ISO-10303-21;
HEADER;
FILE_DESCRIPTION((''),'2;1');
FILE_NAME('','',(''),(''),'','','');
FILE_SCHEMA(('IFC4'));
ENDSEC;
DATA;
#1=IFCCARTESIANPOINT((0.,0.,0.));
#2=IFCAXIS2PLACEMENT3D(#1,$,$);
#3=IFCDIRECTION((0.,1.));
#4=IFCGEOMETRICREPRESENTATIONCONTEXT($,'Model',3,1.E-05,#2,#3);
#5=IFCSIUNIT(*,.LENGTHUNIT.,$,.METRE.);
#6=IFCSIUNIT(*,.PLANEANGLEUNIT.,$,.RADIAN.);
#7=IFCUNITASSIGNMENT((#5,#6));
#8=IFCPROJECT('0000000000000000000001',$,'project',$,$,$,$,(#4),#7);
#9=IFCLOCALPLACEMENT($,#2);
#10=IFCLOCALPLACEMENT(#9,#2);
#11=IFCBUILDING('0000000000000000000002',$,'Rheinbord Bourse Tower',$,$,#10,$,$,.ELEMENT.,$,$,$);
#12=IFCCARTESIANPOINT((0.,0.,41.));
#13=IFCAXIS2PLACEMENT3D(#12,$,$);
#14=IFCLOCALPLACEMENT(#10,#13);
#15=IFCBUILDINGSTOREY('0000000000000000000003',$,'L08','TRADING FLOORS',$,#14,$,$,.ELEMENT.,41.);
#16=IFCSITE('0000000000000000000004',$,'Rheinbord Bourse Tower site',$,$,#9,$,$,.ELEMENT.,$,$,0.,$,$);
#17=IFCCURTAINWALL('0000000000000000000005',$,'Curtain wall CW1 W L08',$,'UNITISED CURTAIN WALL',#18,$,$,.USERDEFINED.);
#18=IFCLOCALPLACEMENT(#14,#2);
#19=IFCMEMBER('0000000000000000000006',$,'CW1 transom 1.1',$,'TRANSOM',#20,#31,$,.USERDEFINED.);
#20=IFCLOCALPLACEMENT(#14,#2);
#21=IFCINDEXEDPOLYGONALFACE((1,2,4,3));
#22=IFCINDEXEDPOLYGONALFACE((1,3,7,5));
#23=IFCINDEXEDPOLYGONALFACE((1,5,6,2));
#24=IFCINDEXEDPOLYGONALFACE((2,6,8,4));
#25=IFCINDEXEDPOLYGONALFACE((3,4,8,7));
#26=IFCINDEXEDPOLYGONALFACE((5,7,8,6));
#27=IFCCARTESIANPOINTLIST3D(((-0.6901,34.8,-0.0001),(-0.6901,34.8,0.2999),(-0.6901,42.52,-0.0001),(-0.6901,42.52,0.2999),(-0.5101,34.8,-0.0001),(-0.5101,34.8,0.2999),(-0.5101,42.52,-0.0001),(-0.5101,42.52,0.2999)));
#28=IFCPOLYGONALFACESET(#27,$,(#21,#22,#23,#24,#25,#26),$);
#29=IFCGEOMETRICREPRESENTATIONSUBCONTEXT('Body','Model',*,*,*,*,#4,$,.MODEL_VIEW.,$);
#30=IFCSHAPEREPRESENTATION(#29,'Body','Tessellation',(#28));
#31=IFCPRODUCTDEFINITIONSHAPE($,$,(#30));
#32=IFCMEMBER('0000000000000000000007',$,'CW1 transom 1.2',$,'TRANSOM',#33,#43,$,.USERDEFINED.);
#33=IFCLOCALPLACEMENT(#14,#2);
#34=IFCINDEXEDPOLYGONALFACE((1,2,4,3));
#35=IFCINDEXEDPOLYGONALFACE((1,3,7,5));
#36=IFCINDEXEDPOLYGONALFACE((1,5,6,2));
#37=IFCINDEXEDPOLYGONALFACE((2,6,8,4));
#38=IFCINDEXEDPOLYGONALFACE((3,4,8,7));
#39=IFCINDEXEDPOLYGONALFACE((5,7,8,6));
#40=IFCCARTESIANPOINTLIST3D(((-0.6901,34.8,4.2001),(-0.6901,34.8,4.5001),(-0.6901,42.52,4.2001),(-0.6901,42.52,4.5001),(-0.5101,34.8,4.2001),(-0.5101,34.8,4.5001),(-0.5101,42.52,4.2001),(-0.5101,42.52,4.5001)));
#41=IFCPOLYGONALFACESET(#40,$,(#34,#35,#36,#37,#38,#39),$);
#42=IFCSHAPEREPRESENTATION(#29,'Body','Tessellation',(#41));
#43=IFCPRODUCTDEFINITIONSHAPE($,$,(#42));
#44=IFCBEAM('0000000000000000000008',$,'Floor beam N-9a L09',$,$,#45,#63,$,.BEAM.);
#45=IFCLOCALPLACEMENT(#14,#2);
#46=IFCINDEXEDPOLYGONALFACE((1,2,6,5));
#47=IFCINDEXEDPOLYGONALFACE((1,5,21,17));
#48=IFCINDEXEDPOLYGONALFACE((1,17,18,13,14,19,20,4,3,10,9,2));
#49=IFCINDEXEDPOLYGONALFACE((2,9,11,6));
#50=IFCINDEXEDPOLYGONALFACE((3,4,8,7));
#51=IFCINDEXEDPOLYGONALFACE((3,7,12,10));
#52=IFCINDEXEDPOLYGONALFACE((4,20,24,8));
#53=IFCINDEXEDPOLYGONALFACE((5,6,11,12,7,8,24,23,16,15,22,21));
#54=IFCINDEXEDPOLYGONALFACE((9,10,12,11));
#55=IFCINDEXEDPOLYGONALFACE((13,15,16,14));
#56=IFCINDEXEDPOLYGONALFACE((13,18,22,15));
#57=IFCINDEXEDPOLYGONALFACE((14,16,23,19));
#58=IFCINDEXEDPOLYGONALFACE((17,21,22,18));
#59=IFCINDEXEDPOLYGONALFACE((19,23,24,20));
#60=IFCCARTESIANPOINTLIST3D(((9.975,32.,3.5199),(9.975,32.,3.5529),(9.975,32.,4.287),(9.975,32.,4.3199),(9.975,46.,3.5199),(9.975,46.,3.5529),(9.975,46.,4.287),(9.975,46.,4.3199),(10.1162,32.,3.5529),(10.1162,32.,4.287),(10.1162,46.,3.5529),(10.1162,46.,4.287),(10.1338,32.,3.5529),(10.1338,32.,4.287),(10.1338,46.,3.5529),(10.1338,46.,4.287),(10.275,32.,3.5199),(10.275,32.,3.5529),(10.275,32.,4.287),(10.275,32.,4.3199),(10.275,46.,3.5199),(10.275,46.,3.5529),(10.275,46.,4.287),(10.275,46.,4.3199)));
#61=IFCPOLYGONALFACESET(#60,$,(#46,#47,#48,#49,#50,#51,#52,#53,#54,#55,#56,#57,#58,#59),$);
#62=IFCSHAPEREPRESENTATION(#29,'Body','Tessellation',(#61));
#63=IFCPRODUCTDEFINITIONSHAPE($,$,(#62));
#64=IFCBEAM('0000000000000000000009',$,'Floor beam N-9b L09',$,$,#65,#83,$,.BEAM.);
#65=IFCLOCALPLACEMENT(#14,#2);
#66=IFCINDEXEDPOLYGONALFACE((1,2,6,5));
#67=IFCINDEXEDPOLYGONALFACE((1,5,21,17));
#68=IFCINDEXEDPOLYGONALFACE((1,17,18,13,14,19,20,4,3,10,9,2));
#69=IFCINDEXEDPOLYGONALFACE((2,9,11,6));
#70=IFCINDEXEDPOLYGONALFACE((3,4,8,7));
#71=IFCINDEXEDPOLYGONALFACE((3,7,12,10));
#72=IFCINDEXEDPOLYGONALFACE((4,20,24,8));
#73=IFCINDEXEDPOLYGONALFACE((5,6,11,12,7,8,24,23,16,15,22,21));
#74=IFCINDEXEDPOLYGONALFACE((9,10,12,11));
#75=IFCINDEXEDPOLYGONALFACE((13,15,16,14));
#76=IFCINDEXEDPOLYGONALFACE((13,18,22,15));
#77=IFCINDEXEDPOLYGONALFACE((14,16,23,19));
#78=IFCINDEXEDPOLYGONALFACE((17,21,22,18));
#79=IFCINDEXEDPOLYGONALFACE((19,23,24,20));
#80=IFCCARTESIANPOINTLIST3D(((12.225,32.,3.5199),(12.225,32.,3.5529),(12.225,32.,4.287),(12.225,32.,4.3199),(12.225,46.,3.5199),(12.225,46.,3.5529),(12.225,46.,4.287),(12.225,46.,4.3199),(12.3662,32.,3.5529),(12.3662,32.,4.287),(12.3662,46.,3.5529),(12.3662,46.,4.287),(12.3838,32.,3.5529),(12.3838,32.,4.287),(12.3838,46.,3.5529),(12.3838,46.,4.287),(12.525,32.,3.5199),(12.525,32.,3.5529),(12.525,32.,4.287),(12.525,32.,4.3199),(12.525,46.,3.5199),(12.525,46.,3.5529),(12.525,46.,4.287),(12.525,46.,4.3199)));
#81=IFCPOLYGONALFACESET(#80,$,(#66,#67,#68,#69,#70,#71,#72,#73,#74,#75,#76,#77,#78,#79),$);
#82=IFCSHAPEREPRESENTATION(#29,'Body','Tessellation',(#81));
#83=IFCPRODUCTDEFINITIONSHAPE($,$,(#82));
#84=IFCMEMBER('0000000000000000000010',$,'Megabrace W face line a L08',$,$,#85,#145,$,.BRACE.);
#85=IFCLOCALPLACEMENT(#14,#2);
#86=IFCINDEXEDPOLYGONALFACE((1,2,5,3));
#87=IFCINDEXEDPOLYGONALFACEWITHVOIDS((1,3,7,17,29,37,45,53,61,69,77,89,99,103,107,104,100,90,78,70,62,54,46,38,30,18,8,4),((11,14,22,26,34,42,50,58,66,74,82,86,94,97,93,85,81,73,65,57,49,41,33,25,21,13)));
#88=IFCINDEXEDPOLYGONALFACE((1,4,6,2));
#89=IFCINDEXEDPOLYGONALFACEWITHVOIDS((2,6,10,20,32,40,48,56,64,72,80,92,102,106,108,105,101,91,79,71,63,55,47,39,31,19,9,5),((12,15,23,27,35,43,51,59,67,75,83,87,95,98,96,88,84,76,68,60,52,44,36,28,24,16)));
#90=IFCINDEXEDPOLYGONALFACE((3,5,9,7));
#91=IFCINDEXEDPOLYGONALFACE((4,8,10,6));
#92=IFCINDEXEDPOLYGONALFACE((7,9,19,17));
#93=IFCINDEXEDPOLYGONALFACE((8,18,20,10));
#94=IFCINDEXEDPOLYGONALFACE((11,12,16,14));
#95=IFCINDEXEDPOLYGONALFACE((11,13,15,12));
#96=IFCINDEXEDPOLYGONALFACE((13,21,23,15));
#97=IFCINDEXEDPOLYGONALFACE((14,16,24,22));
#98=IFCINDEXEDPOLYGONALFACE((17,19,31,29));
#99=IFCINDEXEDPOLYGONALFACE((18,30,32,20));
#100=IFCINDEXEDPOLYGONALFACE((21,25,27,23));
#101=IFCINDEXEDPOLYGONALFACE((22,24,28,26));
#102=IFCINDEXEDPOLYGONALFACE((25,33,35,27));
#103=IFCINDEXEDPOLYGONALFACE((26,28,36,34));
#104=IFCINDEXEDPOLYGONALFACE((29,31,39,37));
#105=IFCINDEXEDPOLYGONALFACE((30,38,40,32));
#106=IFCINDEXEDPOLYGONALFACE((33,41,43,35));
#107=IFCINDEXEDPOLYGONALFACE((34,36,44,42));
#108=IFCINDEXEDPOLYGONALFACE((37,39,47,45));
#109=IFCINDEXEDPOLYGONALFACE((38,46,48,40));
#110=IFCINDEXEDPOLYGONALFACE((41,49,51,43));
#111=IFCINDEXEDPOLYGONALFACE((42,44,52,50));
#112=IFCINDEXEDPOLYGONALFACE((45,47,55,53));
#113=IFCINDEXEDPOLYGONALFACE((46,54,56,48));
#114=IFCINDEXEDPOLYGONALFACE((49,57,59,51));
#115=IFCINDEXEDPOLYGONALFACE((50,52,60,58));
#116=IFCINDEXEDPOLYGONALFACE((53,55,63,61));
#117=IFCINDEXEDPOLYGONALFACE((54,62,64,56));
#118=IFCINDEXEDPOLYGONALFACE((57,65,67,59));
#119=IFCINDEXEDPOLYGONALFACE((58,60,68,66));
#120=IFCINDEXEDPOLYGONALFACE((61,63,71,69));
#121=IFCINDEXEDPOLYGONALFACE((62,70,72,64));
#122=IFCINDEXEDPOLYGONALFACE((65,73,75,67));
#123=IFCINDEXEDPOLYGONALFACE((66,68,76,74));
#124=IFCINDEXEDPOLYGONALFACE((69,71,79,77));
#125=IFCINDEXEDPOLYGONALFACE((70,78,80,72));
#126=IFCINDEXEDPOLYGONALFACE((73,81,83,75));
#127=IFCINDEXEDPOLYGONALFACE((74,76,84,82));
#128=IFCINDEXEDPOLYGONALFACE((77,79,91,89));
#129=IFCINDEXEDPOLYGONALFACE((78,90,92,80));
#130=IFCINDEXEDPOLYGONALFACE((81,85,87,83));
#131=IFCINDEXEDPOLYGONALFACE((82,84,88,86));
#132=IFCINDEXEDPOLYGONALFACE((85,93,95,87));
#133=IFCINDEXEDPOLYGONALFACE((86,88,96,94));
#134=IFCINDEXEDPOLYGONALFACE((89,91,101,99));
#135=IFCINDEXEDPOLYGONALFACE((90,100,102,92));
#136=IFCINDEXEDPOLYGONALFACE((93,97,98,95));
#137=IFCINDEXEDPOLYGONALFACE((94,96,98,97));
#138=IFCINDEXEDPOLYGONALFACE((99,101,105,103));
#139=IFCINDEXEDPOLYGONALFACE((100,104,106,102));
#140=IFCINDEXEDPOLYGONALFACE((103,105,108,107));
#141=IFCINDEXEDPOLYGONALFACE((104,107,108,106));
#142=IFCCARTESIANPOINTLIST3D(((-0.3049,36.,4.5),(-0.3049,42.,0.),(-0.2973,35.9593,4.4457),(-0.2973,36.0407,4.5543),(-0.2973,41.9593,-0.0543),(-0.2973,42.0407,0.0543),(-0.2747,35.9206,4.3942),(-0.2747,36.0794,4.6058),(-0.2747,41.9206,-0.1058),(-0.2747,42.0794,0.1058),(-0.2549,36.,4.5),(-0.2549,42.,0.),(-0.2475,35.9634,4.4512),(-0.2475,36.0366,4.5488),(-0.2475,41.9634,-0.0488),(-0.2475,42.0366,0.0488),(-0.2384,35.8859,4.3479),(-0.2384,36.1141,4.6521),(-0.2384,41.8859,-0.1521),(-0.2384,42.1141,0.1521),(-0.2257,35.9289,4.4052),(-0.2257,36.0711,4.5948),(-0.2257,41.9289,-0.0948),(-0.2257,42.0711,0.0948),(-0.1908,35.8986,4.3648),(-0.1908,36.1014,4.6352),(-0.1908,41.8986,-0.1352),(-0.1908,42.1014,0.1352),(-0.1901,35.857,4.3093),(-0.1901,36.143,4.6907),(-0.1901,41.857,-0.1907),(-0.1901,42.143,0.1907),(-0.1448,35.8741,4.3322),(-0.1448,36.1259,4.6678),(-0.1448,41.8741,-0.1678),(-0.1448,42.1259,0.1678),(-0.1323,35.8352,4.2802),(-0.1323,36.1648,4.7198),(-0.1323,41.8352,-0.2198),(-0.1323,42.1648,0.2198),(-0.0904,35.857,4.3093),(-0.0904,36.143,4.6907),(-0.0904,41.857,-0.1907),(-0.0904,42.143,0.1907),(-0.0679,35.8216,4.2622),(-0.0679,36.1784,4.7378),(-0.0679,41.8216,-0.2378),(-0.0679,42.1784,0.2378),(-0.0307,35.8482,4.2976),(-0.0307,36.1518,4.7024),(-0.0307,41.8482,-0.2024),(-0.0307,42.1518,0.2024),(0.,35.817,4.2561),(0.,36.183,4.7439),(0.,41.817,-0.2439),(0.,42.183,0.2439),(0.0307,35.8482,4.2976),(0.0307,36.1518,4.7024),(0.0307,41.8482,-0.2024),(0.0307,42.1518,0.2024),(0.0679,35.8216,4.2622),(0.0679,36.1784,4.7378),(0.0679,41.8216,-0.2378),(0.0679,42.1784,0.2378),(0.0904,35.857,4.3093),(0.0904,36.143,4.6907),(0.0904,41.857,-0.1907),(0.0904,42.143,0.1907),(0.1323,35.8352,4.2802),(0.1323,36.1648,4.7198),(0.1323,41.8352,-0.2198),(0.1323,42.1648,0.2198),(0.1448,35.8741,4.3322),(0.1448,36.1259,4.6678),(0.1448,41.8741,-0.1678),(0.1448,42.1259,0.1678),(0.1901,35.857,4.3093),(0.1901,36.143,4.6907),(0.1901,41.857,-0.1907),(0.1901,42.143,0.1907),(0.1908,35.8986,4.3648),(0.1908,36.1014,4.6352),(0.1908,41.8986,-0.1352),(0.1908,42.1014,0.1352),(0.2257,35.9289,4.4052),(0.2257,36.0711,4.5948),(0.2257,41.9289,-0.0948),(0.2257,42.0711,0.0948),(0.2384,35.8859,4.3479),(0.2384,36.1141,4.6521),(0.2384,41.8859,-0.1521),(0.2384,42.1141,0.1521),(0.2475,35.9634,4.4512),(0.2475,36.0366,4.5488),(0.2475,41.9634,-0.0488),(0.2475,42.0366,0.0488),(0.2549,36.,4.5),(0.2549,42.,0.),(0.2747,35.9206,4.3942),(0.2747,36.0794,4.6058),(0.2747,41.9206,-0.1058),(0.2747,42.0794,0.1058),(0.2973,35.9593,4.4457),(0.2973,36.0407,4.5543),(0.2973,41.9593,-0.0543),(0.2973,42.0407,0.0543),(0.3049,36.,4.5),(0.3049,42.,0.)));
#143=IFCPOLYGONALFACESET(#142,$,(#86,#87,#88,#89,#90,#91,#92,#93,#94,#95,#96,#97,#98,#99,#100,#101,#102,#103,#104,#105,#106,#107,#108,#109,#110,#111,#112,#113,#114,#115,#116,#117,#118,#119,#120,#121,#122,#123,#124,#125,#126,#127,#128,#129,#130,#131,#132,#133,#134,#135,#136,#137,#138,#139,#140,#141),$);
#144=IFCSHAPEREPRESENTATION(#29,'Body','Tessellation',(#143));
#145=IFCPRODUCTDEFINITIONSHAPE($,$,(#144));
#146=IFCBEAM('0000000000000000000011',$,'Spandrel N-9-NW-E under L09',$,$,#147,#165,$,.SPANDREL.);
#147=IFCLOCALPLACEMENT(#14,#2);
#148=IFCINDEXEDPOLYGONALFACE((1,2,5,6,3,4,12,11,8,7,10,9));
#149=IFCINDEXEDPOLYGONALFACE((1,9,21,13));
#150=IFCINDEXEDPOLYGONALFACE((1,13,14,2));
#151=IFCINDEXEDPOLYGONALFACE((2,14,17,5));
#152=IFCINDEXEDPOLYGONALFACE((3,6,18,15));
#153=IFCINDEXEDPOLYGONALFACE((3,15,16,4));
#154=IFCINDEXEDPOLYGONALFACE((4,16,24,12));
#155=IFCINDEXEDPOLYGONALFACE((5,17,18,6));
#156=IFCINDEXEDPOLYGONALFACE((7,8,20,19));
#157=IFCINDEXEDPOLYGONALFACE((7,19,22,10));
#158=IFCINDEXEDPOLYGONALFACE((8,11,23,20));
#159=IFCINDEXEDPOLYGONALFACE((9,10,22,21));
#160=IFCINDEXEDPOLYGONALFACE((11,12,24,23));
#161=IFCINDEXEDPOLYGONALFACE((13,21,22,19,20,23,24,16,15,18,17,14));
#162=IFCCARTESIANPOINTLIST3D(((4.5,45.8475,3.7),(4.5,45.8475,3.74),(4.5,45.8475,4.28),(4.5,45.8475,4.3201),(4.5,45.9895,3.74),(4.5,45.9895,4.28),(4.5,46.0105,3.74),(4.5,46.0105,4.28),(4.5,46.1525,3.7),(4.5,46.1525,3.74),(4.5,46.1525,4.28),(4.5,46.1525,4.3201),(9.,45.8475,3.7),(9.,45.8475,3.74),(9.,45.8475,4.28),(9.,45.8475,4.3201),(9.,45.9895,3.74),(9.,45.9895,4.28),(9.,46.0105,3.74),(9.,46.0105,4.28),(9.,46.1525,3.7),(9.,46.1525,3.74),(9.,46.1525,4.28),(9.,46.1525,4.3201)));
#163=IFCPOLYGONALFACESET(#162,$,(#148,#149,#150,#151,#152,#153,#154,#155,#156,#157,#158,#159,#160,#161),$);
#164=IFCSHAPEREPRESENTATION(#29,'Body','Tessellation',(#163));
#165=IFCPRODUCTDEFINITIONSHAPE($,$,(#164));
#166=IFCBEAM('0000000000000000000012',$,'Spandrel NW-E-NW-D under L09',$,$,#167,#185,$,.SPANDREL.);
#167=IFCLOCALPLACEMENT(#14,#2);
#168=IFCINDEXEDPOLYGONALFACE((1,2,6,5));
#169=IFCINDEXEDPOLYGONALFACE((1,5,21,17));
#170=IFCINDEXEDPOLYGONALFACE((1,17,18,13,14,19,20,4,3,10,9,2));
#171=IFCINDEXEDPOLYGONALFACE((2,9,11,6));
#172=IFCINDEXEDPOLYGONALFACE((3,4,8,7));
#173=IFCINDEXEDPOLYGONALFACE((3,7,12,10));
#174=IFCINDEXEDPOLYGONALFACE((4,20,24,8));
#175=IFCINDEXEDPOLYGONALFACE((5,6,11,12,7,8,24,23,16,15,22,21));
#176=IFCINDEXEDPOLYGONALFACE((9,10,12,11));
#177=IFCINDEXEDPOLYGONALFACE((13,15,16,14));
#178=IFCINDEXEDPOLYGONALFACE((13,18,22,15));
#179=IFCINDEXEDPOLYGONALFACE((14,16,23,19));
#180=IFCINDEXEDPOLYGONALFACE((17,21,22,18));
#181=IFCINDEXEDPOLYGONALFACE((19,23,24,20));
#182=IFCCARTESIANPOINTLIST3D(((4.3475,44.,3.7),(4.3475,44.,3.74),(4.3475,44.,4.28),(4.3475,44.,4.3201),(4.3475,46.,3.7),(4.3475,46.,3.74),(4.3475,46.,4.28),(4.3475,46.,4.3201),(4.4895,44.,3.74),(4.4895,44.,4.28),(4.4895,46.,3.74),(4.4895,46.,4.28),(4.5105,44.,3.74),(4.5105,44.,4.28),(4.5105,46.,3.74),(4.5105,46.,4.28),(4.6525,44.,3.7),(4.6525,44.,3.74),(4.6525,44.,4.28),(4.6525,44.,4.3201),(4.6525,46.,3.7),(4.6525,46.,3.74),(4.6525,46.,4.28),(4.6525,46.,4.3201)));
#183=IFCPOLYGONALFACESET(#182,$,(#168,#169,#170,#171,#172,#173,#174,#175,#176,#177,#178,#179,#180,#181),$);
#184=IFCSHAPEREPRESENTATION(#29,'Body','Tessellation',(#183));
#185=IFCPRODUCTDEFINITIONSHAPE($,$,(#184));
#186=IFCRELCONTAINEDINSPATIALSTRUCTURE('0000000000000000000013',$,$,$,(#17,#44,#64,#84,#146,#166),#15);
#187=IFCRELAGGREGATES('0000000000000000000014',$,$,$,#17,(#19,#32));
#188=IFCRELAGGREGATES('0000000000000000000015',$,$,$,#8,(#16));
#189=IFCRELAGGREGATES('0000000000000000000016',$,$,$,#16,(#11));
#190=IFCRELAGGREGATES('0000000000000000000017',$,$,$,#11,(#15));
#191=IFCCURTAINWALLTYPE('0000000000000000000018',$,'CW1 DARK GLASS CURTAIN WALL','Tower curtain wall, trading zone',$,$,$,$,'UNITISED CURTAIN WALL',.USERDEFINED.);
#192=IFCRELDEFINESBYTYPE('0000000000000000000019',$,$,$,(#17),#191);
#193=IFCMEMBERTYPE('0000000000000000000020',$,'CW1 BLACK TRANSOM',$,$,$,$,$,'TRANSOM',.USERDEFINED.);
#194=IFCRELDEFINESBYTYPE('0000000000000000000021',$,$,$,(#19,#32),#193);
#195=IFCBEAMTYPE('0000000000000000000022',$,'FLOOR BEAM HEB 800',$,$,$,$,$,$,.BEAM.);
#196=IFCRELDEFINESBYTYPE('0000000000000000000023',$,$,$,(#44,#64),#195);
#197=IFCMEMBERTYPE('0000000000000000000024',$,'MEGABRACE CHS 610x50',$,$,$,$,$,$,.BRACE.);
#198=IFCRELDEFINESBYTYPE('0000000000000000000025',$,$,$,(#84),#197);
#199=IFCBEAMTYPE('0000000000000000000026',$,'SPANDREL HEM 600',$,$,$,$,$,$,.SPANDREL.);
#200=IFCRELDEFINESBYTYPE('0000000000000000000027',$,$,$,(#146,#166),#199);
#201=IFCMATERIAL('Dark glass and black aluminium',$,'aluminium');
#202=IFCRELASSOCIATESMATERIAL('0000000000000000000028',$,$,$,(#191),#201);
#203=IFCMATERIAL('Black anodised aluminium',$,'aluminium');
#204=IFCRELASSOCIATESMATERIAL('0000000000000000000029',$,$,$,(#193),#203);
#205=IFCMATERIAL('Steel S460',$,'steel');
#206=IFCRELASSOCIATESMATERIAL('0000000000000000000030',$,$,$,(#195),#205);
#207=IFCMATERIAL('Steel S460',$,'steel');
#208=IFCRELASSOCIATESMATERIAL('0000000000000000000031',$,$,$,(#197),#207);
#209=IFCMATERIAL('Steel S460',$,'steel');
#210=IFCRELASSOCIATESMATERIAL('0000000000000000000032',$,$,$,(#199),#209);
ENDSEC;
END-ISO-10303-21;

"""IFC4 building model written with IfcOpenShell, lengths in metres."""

from ifc_helpers import new_model, si_unit, direction, frame, origin, origin_2d, place, context, subcontext, project, spatial, rectangle, hollow_circle, i_section, extrude, material, material_profile, profile_set, type_object, element, aggregate, save


model = new_model("IFC4")

# Units and contexts
model_context = context("Model", 3, precision=1e-05, world=origin(), true_north=direction((0.0, 1.0)))
body_context = subcontext(model_context, "Body", "Model", "MODEL_VIEW")
ifc_project = project(units=[si_unit("LENGTHUNIT", "METRE"), si_unit("PLANEANGLEUNIT", "RADIAN")], contexts=[model_context])

# Site, building, storey
site_placement = place(None, origin())
site = spatial("IfcSite", under=ifc_project, at=site_placement, Name="Rheinbord Bourse Tower site", CompositionType="ELEMENT", RefElevation=0.0)
building_placement = place(site_placement, origin())
building = spatial("IfcBuilding", under=site, at=building_placement, Name="Rheinbord Bourse Tower", CompositionType="ELEMENT")
storey_placement = place(building_placement, frame((0.0, 0.0, 41.0)))
storey = spatial("IfcBuildingStorey", under=building, at=storey_placement, Name="L08", Description="TRADING FLOORS", CompositionType="ELEMENT", Elevation=41.0)

# Curtain wall
ifc_material_1 = material(Name="Dark glass and black aluminium", Category="aluminium")
curtain_wall_type = type_object("IfcCurtainWallType", Name="CW1 DARK GLASS CURTAIN WALL", Description="Tower curtain wall, trading zone", ElementType="UNITISED CURTAIN WALL", PredefinedType="USERDEFINED", material=ifc_material_1)
curtain_wall_1_placement = place(storey_placement, origin())
curtain_wall_1 = element("IfcCurtainWall", 1, at=curtain_wall_1_placement, inside=storey, type_object=curtain_wall_type, Name="Curtain wall CW1 W L08", ObjectType="UNITISED CURTAIN WALL", PredefinedType="USERDEFINED")

# Members
ifc_material_2 = material(Name="Black anodised aluminium", Category="aluminium")
ifc_material_profile_1 = material_profile(ifc_material_2, rectangle(XDim=0.1799, YDim=0.3, at=origin_2d()), Name="CW1 TRANSOM 300x180")
ifc_profile_set_1 = profile_set([ifc_material_profile_1], Name="Black anodised aluminium")
member_type_1 = type_object("IfcMemberType", Name="CW1 BLACK TRANSOM", ElementType="TRANSOM", PredefinedType="USERDEFINED", material=ifc_profile_set_1)
member_1_placement = place(storey_placement, frame((-0.6001, 42.52, 0.1499), z_axis=(0.0, -1.0, 0.0), x_axis=(1.0, 0.0, 0.0)))
member_1 = element("IfcMember", 2, at=member_1_placement, type_object=member_type_1, Name="CW1 transom 1.1", ObjectType="TRANSOM", PredefinedType="USERDEFINED", context=body_context, shape_type="SweptSolid", body=[
    extrude(rectangle(XDim=0.1799, YDim=0.3, at=origin_2d()), origin(), (0.0, 0.0, 1.0), 7.72),
])
member_2_placement = place(storey_placement, frame((-0.6001, 42.52, 4.3501), z_axis=(0.0, -1.0, 0.0), x_axis=(1.0, 0.0, 0.0)))
member_2 = element("IfcMember", 3, at=member_2_placement, type_object=member_type_1, Name="CW1 transom 1.2", ObjectType="TRANSOM", PredefinedType="USERDEFINED", context=body_context, shape_type="SweptSolid", body=[
    extrude(rectangle(XDim=0.1799, YDim=0.3, at=origin_2d()), origin(), (0.0, 0.0, 1.0), 7.72),
])

# Beams
ifc_material_3 = material(Name="Steel S460", Category="steel")
ifc_material_profile_2 = material_profile(ifc_material_3, i_section(OverallWidth=0.3, OverallDepth=0.8, WebThickness=0.0176, FlangeThickness=0.033, at=origin_2d()), Name="HEB 800")
ifc_profile_set_2 = profile_set([ifc_material_profile_2], Name="Steel S460")
beam_type_1 = type_object("IfcBeamType", Name="FLOOR BEAM HEB 800", PredefinedType="BEAM", material=ifc_profile_set_2)
for number, where, z_axis, x_axis, name in (
    (4, (10.125, 46.0, 3.9199), (0.0, -1.0, 0.0), (1.0, 0.0, 0.0), "Floor beam N-9a L09"),
    (5, (12.375, 46.0, 3.9199), (0.0, -1.0, 0.0), (1.0, 0.0, 0.0), "Floor beam N-9b L09"),
):
    element("IfcBeam", number, at=place(storey_placement, frame(where, z_axis=z_axis, x_axis=x_axis)), inside=storey, type_object=beam_type_1, Name=name, PredefinedType="BEAM", context=body_context, shape_type="SweptSolid", body=[
        extrude(i_section(OverallWidth=0.3, OverallDepth=0.8, WebThickness=0.0176, FlangeThickness=0.033, at=origin_2d()), origin(), (0.0, 0.0, 1.0), 14.0),
    ])

# Member
ifc_material_4 = material(Name="Steel S460", Category="steel")
ifc_material_profile_3 = material_profile(ifc_material_4, hollow_circle(Radius=0.3049, WallThickness=0.05, at=origin_2d()), Name="CHS 610x50")
ifc_profile_set_3 = profile_set([ifc_material_profile_3], Name="Steel S460")
member_type_2 = type_object("IfcMemberType", Name="MEGABRACE CHS 610x50", PredefinedType="BRACE", material=ifc_profile_set_3)
member_3_placement = place(storey_placement, frame((0.0, 42.0, 0.0), z_axis=(0.0, -0.8, 0.6), x_axis=(1.0, 0.0, 0.0)))
element("IfcMember", 6, at=member_3_placement, inside=storey, type_object=member_type_2, Name="Megabrace W face line a L08", PredefinedType="BRACE", context=body_context, shape_type="SweptSolid", body=[
    extrude(hollow_circle(Radius=0.3049, WallThickness=0.05, at=origin_2d()), origin(), (0.0, 0.0, 1.0), 7.5),
])

# Beams
ifc_material_5 = material(Name="Steel S460", Category="steel")
ifc_material_profile_4 = material_profile(ifc_material_5, i_section(OverallWidth=0.3049, OverallDepth=0.6201, WebThickness=0.021, FlangeThickness=0.04, at=origin_2d()), Name="HEM 600")
ifc_profile_set_4 = profile_set([ifc_material_profile_4], Name="Steel S460")
beam_type_2 = type_object("IfcBeamType", Name="SPANDREL HEM 600", PredefinedType="SPANDREL", material=ifc_profile_set_4)
beam_1_placement = place(storey_placement, frame((9.0, 46.0, 4.01), z_axis=(-1.0, 0.0, 0.0), x_axis=(0.0, -1.0, 0.0)))
element("IfcBeam", 7, at=beam_1_placement, inside=storey, type_object=beam_type_2, Name="Spandrel N-9-NW-E under L09", PredefinedType="SPANDREL", context=body_context, shape_type="SweptSolid", body=[
    extrude(i_section(OverallWidth=0.3049, OverallDepth=0.6201, WebThickness=0.021, FlangeThickness=0.04, at=origin_2d()), origin(), (0.0, 0.0, 1.0), 4.5),
])
beam_2_placement = place(storey_placement, frame((4.5, 46.0, 4.01), z_axis=(0.0, -1.0, 0.0), x_axis=(1.0, 0.0, 0.0)))
element("IfcBeam", 8, at=beam_2_placement, inside=storey, type_object=beam_type_2, Name="Spandrel NW-E-NW-D under L09", PredefinedType="SPANDREL", context=body_context, shape_type="SweptSolid", body=[
    extrude(i_section(OverallWidth=0.3049, OverallDepth=0.6201, WebThickness=0.021, FlangeThickness=0.04, at=origin_2d()), origin(), (0.0, 0.0, 1.0), 2.0),
])

aggregate(curtain_wall_1, [member_1, member_2])

save(model, "model.ifc")
